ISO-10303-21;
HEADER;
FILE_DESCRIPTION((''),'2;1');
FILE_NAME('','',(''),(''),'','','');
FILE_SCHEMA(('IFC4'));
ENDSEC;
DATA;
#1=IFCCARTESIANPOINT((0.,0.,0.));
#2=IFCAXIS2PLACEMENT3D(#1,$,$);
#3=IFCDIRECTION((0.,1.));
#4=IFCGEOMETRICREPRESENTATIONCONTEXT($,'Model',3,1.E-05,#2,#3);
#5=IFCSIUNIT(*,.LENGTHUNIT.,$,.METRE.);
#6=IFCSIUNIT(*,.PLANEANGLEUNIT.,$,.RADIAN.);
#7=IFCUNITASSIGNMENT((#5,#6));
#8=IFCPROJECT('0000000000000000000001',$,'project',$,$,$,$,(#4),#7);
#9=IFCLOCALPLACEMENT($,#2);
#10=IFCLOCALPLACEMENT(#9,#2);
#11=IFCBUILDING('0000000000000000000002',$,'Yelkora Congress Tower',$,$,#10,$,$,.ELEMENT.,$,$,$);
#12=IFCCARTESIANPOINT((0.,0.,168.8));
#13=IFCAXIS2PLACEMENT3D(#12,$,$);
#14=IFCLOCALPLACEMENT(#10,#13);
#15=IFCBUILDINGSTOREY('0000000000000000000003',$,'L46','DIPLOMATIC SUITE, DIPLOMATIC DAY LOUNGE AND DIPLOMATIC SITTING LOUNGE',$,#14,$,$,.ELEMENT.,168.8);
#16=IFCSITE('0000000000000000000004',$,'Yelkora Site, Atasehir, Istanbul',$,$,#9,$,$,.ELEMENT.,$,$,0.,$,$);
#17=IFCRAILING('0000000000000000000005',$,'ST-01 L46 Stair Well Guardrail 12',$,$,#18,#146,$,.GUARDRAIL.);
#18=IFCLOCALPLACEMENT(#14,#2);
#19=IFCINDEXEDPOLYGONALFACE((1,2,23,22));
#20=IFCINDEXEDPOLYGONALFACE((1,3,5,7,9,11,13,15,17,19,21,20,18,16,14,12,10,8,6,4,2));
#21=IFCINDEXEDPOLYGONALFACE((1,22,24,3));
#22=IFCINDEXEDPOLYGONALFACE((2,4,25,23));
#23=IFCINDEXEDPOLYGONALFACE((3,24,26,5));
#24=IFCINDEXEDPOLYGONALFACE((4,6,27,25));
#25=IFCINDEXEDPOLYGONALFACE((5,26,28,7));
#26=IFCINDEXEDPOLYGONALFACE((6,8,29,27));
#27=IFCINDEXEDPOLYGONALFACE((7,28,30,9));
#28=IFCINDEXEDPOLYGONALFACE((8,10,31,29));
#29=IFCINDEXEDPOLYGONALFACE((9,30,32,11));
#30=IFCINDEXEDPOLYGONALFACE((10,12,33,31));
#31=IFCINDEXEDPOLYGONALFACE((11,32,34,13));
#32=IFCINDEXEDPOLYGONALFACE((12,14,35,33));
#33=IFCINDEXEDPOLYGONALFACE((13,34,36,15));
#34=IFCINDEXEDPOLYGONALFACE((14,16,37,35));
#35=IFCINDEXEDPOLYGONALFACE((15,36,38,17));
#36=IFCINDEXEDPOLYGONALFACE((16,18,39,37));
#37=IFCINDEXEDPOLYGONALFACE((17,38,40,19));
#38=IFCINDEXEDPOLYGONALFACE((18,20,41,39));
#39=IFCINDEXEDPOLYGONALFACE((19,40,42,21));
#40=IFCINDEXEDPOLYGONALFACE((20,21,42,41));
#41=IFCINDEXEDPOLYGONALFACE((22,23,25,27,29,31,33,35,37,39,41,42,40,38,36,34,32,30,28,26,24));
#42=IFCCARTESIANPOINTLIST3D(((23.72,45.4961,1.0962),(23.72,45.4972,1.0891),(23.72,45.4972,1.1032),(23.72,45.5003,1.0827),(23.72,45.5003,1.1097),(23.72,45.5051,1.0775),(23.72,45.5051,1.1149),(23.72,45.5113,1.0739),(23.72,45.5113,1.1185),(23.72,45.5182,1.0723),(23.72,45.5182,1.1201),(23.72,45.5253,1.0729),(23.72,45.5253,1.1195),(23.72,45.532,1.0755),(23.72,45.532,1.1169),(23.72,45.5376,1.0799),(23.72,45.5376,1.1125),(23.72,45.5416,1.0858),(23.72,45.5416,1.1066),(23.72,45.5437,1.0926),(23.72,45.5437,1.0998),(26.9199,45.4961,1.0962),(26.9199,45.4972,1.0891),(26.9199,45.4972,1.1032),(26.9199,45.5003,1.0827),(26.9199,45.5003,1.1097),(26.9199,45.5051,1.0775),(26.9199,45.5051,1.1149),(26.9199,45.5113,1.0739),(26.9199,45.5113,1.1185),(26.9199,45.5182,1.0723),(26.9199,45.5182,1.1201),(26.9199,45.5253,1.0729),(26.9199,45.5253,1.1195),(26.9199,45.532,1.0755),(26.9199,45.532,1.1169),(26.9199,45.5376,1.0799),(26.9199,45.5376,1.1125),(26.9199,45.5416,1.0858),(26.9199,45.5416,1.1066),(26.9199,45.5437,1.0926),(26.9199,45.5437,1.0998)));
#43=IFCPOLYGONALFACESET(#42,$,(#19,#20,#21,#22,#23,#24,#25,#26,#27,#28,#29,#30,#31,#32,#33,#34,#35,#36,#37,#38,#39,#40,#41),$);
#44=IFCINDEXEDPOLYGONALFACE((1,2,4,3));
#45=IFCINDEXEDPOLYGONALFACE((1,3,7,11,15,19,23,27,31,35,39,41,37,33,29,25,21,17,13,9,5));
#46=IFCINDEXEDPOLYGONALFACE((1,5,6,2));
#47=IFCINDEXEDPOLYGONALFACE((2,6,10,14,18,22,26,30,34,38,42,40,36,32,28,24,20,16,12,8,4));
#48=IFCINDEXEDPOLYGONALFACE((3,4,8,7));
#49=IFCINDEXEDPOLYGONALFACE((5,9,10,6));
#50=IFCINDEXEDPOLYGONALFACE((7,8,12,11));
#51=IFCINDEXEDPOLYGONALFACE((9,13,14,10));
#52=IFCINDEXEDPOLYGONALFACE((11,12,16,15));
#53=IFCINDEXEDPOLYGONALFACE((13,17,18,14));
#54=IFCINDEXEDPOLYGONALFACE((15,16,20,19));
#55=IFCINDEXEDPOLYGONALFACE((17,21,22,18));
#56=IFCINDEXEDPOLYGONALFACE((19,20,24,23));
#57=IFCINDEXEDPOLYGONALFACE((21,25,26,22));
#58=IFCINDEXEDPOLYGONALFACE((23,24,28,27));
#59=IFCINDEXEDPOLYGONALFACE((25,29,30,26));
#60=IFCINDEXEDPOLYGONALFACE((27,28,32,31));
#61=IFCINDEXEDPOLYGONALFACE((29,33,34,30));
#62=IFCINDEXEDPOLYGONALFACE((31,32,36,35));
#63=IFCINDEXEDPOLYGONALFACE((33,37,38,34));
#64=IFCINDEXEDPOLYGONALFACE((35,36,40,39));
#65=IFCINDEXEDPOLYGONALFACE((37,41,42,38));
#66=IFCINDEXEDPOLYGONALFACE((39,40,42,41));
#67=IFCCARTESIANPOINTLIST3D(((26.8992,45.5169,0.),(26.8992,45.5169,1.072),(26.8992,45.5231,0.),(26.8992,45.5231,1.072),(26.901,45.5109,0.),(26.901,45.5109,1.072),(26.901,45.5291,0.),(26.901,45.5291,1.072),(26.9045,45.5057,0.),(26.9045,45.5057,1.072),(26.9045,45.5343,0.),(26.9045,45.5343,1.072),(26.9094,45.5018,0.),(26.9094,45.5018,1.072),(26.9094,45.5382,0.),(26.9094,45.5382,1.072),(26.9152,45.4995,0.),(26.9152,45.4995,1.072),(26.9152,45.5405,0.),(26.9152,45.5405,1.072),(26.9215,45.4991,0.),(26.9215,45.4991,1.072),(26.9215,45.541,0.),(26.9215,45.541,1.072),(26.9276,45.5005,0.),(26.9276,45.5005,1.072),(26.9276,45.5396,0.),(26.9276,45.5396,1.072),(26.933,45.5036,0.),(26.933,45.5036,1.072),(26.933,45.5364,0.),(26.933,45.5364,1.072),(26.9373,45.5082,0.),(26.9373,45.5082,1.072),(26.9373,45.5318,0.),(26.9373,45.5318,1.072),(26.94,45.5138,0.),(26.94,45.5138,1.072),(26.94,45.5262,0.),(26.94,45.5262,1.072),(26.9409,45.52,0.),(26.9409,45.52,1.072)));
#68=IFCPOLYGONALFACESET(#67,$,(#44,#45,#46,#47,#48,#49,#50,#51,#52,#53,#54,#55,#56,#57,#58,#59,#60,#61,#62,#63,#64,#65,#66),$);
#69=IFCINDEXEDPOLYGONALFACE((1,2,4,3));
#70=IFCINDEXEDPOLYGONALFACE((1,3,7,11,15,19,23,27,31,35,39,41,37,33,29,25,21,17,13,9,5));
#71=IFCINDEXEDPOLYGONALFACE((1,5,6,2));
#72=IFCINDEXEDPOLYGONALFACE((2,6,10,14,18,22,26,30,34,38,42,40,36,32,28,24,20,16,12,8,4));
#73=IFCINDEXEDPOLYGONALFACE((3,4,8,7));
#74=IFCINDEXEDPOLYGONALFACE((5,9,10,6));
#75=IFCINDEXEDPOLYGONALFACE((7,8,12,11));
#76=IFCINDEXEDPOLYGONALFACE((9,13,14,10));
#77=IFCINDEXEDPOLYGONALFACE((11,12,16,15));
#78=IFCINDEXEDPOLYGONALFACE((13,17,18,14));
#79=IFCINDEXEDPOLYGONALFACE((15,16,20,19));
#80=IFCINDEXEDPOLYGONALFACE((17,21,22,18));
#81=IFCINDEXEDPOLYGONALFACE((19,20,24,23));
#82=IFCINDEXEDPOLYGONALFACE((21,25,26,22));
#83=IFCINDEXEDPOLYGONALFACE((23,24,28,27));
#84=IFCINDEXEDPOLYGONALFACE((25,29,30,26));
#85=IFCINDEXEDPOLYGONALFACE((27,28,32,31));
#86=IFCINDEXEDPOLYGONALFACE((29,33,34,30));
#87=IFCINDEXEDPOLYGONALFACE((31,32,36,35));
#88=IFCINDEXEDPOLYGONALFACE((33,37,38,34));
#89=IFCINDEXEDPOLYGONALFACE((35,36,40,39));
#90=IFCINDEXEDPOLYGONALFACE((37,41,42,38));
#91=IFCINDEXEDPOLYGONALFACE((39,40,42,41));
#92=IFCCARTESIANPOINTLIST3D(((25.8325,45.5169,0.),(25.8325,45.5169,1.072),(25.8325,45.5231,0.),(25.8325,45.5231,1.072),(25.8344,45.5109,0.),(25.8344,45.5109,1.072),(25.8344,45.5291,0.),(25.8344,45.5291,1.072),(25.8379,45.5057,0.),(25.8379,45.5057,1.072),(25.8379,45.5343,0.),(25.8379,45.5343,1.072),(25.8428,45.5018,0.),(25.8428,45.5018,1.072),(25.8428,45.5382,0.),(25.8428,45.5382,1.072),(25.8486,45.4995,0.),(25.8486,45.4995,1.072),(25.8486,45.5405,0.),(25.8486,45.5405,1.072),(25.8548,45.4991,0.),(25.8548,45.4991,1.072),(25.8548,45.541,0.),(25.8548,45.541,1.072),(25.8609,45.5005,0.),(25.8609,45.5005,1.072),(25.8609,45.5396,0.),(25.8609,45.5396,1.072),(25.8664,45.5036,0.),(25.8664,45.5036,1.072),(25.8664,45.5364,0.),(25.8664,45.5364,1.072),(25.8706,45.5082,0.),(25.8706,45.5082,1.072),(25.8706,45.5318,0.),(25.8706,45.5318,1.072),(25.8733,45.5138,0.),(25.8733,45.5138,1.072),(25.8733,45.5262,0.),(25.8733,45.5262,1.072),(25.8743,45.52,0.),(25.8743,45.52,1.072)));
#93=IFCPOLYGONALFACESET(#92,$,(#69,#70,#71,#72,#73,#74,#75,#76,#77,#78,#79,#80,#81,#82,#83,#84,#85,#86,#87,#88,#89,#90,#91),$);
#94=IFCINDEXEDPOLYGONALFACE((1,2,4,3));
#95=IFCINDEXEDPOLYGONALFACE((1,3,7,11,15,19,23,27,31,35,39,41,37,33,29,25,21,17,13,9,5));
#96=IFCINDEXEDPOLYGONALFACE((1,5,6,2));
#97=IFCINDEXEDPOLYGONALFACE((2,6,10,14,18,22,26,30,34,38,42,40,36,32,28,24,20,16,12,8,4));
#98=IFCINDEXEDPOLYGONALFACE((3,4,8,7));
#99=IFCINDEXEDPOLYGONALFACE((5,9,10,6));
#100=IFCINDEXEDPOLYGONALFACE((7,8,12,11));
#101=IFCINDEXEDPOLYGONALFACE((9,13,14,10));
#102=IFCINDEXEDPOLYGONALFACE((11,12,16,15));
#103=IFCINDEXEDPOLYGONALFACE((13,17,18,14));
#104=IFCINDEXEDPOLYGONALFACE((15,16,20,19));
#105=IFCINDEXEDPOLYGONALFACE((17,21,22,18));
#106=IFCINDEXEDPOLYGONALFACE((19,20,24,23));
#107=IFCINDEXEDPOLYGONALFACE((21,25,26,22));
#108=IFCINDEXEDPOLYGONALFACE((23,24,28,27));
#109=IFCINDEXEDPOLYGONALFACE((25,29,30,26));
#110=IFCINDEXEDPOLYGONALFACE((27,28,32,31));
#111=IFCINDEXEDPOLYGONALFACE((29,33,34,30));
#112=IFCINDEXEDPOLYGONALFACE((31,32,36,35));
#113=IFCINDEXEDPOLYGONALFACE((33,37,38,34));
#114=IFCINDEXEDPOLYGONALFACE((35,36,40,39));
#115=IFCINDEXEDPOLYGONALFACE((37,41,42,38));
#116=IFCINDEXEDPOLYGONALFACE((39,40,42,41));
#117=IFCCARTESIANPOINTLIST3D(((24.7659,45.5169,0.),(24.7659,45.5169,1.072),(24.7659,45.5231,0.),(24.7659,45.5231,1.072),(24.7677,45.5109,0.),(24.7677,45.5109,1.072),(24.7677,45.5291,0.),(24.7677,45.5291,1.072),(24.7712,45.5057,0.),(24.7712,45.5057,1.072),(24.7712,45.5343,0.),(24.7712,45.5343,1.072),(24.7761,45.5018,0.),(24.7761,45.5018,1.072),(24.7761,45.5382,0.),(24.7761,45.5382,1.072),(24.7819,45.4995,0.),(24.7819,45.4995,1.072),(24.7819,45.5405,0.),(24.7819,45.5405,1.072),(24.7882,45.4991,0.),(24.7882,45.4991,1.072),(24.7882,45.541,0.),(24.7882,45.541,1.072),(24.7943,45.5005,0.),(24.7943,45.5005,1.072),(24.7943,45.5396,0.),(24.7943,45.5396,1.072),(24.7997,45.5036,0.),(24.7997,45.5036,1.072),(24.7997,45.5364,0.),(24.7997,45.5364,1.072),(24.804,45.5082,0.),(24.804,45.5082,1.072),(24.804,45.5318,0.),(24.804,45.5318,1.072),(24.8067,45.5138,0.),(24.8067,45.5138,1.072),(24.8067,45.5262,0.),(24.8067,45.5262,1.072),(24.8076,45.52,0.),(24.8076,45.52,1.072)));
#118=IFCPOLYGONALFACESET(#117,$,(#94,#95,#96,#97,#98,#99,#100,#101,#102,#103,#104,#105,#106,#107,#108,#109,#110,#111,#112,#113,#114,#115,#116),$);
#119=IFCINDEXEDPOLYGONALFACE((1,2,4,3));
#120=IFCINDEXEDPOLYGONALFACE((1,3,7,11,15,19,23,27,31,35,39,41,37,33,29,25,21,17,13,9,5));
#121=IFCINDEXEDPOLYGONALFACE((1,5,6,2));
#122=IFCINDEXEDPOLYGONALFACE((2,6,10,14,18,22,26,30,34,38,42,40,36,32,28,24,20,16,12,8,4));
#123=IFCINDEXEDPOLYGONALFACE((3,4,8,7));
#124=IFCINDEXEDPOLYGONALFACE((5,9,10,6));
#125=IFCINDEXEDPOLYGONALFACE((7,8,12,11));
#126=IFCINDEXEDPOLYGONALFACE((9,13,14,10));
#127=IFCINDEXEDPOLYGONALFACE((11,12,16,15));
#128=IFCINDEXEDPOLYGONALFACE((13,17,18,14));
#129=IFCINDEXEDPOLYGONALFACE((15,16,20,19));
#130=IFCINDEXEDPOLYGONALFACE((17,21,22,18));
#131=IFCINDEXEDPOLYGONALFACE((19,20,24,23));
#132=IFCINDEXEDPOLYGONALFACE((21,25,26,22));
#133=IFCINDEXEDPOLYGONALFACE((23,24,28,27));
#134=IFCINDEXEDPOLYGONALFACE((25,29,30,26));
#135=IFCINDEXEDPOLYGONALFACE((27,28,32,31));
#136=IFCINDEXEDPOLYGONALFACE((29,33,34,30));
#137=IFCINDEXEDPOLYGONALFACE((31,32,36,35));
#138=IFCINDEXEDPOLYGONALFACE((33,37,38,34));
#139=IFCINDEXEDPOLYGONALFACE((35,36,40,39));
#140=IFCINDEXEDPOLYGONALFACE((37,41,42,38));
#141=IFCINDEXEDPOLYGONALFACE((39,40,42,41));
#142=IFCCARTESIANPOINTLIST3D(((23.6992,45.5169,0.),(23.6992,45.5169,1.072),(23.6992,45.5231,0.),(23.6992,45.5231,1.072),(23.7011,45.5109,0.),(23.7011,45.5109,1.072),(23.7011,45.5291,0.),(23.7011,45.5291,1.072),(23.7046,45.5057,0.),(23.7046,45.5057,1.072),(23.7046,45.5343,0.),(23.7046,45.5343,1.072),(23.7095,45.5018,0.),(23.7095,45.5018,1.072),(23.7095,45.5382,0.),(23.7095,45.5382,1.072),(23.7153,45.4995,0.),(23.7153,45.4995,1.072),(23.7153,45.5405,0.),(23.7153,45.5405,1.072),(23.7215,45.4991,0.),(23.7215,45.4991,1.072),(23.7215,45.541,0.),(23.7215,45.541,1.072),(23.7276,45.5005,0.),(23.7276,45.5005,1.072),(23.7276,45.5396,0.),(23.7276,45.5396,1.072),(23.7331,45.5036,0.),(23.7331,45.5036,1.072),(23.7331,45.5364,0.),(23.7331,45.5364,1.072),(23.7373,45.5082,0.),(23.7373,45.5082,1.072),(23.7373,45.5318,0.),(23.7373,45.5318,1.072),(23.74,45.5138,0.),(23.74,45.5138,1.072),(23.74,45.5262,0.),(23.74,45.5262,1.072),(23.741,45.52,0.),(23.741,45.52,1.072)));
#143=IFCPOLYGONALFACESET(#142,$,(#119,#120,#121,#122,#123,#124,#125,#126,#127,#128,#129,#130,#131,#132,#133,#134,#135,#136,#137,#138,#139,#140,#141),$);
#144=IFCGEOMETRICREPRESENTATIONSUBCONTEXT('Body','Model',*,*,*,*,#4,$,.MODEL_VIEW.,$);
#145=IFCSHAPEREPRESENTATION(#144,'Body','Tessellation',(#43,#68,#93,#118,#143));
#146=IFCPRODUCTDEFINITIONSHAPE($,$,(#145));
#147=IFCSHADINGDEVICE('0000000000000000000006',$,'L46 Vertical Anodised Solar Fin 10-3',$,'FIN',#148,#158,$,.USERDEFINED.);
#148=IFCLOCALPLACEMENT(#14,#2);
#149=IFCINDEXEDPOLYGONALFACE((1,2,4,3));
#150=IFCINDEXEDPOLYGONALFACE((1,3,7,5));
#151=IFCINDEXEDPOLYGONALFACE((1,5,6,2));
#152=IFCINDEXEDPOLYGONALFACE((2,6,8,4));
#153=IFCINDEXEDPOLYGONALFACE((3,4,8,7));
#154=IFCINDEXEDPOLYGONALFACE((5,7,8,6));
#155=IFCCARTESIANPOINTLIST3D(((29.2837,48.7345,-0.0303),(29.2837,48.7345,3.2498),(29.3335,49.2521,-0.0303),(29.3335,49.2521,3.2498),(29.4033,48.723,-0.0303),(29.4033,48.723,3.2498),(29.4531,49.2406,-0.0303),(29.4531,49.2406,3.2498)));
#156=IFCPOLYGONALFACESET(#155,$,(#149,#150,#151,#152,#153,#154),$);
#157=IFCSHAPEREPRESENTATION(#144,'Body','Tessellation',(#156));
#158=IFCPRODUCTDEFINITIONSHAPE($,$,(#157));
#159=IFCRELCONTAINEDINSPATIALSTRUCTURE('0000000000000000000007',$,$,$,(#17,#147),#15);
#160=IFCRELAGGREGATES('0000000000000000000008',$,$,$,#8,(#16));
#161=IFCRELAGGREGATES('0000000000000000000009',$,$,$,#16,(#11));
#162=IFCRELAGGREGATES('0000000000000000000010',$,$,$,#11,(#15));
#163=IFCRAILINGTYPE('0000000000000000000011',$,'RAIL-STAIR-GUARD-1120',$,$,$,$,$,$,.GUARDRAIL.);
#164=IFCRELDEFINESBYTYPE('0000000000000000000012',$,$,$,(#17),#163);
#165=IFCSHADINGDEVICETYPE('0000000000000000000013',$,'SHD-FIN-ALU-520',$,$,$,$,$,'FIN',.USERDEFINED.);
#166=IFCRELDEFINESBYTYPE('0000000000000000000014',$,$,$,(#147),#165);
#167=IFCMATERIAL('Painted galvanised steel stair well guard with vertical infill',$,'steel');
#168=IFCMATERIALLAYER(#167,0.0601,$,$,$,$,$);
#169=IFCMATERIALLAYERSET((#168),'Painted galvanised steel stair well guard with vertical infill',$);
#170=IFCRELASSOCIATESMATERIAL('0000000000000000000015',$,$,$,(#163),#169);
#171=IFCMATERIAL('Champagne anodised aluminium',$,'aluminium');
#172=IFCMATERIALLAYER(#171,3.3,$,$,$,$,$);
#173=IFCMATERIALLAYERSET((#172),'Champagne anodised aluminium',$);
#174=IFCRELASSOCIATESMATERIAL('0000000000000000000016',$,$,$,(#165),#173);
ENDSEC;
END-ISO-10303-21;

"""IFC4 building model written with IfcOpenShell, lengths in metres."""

from ifc_helpers import new_model, si_unit, direction, frame, origin, origin_2d, place, context, subcontext, project, spatial, rectangle, circle, extrude, material, layer, layer_set, type_object, element, save


model = new_model("IFC4")

# Units and contexts
model_context = context("Model", 3, precision=1e-05, world=origin(), true_north=direction((0.0, 1.0)))
body_context = subcontext(model_context, "Body", "Model", "MODEL_VIEW")
ifc_project = project(units=[si_unit("LENGTHUNIT", "METRE"), si_unit("PLANEANGLEUNIT", "RADIAN")], contexts=[model_context])

# Site, building, storey
site_placement = place(None, origin())
site = spatial("IfcSite", under=ifc_project, at=site_placement, Name="Yelkora Site, Atasehir, Istanbul", CompositionType="ELEMENT", RefElevation=0.0)
building_placement = place(site_placement, origin())
building = spatial("IfcBuilding", under=site, at=building_placement, Name="Yelkora Congress Tower", CompositionType="ELEMENT")
storey_placement = place(building_placement, frame((0.0, 0.0, 168.8)))
storey = spatial("IfcBuildingStorey", under=building, at=storey_placement, Name="L46", Description="DIPLOMATIC SUITE, DIPLOMATIC DAY LOUNGE AND DIPLOMATIC SITTING LOUNGE", CompositionType="ELEMENT", Elevation=168.8)

# Railing
ifc_material_1 = material(Name="Painted galvanised steel stair well guard with vertical infill", Category="steel")
ifc_layer_1 = layer(ifc_material_1, 0.0601)
ifc_layer_set_1 = layer_set([ifc_layer_1], Name="Painted galvanised steel stair well guard with vertical infill")
railing_type = type_object("IfcRailingType", Name="RAIL-STAIR-GUARD-1120", PredefinedType="GUARDRAIL", material=ifc_layer_set_1)
railing_1_placement = place(storey_placement, frame((26.9199, 45.52, 0.0)))
element("IfcRailing", 1, at=railing_1_placement, inside=storey, type_object=railing_type, Name="ST-01 L46 Stair Well Guardrail 12", PredefinedType="GUARDRAIL", context=body_context, shape_type="SweptSolid", body=[
    extrude(circle(Radius=0.0239, at=origin_2d()), frame((0.0, 0.0, 1.0962), z_axis=(-1.0, 0.0, 0.0), x_axis=(0.0, -1.0, 0.0)), (0.0, 0.0, 1.0), 3.2),
    extrude(circle(Radius=0.021, at=origin_2d()), origin(), (0.0, 0.0, 1.0), 1.072),
    extrude(circle(Radius=0.021, at=origin_2d()), frame((-1.0667, 0.0, 0.0)), (0.0, 0.0, 1.0), 1.072),
    extrude(circle(Radius=0.021, at=origin_2d()), frame((-2.1333, 0.0, 0.0)), (0.0, 0.0, 1.0), 1.072),
    extrude(circle(Radius=0.021, at=origin_2d()), frame((-3.2, 0.0, 0.0)), (0.0, 0.0, 1.0), 1.072),
])

# Shading device
ifc_material_2 = material(Name="Champagne anodised aluminium", Category="aluminium")
ifc_layer_2 = layer(ifc_material_2, 3.3)
ifc_layer_set_2 = layer_set([ifc_layer_2], Name="Champagne anodised aluminium")
shading_device_type = type_object("IfcShadingDeviceType", Name="SHD-FIN-ALU-520", ElementType="FIN", PredefinedType="USERDEFINED", material=ifc_layer_set_2)
shading_device_placement = place(storey_placement, frame((29.3684, 48.9875, -0.0303), z_axis=(0.0, 0.0, 1.0), x_axis=(0.995396, -0.095846, 0.0)))
element("IfcShadingDevice", 2, at=shading_device_placement, inside=storey, type_object=shading_device_type, Name="L46 Vertical Anodised Solar Fin 10-3", ObjectType="FIN", PredefinedType="USERDEFINED", context=body_context, shape_type="SweptSolid", body=[
    extrude(rectangle(XDim=0.1201, YDim=0.52, at=origin_2d()), origin(), (0.0, 0.0, 1.0), 3.28),
])

save(model, "model.ifc")
